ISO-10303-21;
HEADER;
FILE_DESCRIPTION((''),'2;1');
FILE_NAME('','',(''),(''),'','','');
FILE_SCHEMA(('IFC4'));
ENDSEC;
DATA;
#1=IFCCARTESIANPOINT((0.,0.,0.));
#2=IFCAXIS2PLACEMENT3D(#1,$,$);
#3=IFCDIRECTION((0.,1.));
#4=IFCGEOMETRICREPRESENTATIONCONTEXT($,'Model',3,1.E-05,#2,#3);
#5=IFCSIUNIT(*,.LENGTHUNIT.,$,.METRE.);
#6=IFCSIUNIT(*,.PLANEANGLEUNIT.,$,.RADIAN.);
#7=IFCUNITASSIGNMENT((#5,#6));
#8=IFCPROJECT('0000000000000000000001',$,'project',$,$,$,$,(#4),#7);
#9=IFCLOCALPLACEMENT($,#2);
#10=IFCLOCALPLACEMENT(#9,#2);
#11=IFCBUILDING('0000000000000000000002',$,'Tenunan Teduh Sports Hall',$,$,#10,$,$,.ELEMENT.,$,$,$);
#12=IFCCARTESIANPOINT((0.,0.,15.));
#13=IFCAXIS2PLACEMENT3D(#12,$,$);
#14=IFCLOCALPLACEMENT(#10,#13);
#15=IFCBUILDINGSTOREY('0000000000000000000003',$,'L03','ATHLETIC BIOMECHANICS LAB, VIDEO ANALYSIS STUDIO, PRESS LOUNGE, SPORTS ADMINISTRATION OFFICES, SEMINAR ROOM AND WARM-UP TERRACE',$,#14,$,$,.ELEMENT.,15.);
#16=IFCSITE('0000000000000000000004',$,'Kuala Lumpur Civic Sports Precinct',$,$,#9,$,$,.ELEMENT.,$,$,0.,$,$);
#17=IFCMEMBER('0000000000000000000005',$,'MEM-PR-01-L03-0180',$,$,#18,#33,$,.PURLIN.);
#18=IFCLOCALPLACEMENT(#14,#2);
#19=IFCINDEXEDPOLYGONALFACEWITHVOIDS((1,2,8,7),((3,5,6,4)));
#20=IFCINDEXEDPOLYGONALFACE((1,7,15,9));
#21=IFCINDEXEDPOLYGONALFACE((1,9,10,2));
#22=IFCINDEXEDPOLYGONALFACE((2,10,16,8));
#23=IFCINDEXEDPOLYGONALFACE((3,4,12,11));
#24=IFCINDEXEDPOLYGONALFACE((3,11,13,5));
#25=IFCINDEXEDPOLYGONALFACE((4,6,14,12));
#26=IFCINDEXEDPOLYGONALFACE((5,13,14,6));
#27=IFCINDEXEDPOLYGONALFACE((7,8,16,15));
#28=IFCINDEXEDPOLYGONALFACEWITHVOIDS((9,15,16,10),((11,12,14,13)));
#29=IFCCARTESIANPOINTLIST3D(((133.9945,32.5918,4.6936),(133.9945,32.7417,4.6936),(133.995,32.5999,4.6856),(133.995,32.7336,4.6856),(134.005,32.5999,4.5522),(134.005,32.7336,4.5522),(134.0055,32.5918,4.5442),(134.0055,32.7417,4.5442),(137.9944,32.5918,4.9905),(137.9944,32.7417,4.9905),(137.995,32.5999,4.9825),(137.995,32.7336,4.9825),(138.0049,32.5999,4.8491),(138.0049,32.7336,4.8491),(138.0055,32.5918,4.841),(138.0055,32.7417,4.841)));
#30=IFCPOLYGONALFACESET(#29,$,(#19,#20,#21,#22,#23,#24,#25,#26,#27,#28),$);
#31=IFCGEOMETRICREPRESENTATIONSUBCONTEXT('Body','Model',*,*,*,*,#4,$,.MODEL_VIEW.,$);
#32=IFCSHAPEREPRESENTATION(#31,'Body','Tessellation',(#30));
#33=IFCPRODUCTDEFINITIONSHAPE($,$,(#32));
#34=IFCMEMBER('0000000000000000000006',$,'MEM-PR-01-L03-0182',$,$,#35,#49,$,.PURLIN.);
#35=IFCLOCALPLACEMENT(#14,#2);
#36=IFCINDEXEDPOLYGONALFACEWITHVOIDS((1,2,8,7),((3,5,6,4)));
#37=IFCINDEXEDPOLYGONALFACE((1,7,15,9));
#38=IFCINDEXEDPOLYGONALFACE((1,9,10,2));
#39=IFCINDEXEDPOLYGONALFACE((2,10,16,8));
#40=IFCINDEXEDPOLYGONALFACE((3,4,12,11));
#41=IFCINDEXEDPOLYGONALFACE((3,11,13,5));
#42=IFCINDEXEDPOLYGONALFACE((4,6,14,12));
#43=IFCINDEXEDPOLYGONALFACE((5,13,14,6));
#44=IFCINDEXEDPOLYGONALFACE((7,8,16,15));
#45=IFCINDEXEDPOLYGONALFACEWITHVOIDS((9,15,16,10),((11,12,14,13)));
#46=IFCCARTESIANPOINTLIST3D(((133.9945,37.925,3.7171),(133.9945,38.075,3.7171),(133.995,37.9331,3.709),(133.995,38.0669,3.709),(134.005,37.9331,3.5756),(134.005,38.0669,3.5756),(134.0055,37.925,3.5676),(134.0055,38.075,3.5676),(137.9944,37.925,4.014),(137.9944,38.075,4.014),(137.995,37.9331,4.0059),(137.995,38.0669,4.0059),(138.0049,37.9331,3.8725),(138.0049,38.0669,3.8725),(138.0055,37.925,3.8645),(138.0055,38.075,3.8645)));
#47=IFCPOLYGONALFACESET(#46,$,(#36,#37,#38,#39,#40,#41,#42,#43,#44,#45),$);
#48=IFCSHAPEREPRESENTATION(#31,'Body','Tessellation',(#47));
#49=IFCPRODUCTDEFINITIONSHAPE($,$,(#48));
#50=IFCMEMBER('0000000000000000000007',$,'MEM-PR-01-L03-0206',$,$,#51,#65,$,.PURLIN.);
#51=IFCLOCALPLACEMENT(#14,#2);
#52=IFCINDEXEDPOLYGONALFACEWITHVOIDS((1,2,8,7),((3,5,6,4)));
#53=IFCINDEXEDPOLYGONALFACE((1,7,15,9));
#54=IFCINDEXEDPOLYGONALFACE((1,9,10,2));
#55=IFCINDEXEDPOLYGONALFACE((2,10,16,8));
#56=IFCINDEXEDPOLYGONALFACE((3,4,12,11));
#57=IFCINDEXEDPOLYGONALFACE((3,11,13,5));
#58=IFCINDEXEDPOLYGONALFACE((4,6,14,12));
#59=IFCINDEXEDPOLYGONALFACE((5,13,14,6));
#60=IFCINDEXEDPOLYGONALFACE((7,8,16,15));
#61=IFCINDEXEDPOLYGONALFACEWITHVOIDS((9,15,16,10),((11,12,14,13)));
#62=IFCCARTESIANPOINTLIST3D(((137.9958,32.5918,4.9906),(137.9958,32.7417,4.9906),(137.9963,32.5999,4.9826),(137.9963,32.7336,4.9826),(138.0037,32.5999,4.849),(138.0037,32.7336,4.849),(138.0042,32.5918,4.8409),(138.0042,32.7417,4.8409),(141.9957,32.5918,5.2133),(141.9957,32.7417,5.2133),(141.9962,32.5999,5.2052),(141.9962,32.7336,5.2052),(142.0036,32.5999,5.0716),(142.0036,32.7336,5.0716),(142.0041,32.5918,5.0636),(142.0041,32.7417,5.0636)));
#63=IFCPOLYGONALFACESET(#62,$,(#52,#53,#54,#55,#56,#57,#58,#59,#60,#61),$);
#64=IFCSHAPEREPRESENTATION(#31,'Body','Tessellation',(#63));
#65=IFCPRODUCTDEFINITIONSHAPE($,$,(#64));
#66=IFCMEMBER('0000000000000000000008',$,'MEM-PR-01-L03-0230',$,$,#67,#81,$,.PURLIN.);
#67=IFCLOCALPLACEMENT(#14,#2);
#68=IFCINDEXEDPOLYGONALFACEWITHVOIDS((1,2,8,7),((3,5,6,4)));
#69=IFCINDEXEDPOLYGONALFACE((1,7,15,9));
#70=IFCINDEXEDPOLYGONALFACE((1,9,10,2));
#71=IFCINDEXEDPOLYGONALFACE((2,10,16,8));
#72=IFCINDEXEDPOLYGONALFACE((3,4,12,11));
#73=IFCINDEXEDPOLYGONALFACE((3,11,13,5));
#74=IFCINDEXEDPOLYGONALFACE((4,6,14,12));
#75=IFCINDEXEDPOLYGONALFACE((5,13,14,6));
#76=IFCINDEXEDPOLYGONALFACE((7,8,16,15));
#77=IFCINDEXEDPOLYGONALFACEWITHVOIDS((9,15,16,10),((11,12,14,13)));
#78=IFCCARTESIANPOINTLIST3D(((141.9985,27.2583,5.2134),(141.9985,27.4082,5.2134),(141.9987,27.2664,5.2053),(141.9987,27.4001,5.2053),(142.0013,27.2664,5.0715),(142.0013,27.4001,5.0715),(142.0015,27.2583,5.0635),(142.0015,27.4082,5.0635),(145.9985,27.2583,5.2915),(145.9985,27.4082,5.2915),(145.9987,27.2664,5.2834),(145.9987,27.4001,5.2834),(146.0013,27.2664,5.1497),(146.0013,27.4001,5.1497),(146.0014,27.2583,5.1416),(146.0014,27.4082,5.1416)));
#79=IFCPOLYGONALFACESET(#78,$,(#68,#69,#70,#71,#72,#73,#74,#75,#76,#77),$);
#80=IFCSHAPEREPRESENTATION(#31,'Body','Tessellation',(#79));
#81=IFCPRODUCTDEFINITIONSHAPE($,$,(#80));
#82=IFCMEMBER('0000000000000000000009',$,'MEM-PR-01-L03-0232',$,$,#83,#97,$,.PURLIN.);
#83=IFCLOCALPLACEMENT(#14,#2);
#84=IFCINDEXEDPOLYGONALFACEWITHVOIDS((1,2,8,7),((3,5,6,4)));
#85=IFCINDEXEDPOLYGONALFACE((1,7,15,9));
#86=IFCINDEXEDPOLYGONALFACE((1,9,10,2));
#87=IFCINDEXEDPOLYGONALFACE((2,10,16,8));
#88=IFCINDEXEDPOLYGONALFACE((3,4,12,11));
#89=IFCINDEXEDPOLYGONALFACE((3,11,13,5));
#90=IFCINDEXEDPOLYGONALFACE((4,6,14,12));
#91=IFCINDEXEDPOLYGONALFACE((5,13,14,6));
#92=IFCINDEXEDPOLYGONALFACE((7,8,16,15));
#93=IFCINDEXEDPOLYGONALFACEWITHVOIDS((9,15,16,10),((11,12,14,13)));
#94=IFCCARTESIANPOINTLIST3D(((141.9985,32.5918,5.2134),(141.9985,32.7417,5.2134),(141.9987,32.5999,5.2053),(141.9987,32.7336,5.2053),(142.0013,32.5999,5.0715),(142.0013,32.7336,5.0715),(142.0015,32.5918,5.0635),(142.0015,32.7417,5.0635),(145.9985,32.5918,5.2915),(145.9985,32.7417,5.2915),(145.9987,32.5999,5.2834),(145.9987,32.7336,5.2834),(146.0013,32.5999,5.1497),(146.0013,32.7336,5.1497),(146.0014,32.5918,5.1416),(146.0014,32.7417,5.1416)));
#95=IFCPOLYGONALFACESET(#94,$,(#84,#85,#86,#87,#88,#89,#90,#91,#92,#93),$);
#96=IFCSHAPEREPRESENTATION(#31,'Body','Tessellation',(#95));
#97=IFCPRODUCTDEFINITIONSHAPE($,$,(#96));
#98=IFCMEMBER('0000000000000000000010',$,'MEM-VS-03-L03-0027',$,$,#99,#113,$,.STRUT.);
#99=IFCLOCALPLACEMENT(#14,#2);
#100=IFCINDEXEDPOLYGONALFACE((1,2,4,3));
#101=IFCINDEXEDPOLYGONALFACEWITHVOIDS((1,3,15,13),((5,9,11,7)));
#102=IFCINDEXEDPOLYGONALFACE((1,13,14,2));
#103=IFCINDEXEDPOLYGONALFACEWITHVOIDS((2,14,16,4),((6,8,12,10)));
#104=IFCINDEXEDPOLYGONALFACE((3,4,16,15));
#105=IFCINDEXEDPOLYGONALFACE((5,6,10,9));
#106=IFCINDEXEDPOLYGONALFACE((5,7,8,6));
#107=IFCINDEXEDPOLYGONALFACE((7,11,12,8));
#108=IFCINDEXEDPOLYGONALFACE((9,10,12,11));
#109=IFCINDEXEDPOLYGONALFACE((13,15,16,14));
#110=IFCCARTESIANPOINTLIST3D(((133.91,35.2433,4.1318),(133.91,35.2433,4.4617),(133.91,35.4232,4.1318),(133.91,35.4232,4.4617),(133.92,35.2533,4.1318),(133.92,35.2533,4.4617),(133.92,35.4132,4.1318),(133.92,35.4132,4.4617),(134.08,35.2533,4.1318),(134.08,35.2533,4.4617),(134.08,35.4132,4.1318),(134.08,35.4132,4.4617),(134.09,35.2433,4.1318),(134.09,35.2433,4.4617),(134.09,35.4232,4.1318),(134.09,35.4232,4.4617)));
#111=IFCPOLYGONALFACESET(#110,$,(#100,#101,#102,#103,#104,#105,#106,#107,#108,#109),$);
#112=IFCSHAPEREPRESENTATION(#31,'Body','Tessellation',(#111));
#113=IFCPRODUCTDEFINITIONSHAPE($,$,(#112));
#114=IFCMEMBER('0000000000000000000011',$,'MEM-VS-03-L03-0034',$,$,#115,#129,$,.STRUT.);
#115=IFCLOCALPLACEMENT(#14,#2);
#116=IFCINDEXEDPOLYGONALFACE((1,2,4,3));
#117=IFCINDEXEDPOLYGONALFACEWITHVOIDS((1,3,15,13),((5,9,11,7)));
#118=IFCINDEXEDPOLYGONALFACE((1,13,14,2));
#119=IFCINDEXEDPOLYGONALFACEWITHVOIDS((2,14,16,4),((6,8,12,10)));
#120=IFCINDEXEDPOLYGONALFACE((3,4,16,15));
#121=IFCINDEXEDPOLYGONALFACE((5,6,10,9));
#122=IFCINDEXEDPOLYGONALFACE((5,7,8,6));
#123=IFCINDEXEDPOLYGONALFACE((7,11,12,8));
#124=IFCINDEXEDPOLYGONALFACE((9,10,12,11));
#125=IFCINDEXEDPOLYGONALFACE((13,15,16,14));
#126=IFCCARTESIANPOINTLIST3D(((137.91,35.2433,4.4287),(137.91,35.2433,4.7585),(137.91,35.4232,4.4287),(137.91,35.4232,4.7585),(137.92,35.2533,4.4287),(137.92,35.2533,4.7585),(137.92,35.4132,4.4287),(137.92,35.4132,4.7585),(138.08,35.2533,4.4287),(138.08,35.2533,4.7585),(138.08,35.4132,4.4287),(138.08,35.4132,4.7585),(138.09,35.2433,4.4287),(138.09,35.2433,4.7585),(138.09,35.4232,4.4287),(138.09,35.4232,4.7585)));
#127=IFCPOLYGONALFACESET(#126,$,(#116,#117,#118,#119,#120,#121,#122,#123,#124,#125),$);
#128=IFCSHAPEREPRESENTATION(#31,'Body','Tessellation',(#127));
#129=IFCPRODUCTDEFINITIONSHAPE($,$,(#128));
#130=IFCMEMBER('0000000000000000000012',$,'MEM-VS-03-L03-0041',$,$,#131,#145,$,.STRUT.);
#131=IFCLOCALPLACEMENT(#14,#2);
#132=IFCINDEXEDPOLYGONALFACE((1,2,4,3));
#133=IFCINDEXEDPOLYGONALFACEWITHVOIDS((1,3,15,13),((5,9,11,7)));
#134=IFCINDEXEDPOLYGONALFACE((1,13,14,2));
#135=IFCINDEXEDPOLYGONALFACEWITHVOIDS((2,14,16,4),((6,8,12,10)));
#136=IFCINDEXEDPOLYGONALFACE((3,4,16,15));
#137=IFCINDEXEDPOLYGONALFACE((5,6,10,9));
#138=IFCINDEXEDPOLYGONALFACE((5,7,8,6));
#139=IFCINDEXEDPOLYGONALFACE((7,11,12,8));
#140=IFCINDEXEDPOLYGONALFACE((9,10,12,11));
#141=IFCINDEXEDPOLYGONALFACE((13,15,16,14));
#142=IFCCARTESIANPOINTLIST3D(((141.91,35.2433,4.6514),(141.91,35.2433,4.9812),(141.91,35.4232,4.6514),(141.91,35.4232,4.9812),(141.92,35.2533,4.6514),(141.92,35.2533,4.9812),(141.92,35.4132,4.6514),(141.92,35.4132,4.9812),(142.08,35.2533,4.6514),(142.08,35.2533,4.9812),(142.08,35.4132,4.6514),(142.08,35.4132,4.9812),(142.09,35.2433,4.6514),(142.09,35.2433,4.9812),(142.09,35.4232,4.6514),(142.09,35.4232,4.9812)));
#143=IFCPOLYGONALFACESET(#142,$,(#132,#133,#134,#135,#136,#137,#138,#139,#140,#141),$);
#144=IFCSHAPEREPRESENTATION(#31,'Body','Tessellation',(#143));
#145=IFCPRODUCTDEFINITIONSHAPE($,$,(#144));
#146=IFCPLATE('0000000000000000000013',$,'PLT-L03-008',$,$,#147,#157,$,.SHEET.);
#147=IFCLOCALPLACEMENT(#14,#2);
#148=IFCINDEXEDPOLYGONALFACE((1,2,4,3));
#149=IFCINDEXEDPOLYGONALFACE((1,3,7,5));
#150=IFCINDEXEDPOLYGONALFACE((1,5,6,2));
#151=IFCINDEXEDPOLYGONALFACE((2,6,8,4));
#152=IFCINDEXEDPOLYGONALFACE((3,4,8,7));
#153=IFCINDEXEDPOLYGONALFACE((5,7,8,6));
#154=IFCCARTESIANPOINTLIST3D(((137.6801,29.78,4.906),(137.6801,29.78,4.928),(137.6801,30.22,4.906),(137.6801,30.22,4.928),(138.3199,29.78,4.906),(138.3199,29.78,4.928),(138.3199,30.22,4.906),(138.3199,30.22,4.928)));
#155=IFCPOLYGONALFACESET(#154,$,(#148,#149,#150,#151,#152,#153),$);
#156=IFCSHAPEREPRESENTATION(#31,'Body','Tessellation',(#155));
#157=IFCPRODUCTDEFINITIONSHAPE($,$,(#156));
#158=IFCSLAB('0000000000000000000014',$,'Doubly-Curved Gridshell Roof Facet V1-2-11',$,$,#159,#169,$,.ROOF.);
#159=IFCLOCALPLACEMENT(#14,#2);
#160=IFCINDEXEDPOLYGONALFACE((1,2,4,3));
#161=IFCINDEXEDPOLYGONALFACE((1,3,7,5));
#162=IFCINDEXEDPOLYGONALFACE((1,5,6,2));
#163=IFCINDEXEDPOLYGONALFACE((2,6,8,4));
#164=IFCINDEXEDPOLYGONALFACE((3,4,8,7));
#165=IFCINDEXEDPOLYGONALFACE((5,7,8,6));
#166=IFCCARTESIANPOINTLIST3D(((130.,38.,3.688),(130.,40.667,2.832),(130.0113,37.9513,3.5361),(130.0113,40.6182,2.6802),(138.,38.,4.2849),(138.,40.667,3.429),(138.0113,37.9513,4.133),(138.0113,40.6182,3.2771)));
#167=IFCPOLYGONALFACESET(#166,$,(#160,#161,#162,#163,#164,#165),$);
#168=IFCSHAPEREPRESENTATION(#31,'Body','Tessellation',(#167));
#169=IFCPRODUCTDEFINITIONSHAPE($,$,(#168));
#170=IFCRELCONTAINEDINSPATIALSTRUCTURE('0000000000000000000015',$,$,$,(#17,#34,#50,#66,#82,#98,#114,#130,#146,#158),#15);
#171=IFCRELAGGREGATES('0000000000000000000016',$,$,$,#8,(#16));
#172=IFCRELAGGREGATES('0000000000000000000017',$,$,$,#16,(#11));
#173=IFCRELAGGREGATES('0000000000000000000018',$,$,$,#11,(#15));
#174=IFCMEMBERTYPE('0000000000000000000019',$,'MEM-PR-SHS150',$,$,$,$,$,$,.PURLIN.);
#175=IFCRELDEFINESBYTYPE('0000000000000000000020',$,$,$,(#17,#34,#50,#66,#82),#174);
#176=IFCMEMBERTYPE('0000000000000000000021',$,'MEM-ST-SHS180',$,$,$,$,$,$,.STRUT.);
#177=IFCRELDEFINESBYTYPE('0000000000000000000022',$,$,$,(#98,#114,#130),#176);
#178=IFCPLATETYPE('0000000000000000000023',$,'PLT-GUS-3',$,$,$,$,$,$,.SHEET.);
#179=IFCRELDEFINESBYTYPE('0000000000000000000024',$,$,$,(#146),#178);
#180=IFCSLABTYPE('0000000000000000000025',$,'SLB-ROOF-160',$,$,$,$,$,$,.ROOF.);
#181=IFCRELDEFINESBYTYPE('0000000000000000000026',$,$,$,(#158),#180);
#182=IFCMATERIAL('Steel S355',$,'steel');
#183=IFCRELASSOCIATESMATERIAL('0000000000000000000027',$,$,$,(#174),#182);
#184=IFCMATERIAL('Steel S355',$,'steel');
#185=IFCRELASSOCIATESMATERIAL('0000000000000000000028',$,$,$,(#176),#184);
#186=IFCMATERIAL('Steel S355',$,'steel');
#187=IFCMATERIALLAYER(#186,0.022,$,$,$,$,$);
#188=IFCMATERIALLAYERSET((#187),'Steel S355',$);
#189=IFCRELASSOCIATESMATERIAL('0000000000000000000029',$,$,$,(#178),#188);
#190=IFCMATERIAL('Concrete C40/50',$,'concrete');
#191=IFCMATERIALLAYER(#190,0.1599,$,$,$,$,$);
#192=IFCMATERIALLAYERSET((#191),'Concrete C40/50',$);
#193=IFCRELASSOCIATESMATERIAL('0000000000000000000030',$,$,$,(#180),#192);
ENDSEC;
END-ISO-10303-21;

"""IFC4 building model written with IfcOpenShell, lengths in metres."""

from ifc_helpers import new_model, si_unit, direction, frame, origin, origin_2d, place, context, subcontext, project, spatial, polyline, rectangle, hollow_rectangle, outline, extrude, material, layer, layer_set, material_profile, profile_set, type_object, element, save


model = new_model("IFC4")

# Units and contexts
model_context = context("Model", 3, precision=1e-05, world=origin(), true_north=direction((0.0, 1.0)))
body_context = subcontext(model_context, "Body", "Model", "MODEL_VIEW")
ifc_project = project(units=[si_unit("LENGTHUNIT", "METRE"), si_unit("PLANEANGLEUNIT", "RADIAN")], contexts=[model_context])

# Site, building, storey
site_placement = place(None, origin())
site = spatial("IfcSite", under=ifc_project, at=site_placement, Name="Kuala Lumpur Civic Sports Precinct", CompositionType="ELEMENT", RefElevation=0.0)
building_placement = place(site_placement, origin())
building = spatial("IfcBuilding", under=site, at=building_placement, Name="Tenunan Teduh Sports Hall", CompositionType="ELEMENT")
storey_placement = place(building_placement, frame((0.0, 0.0, 15.0)))
storey = spatial("IfcBuildingStorey", under=building, at=storey_placement, Name="L03", Description="ATHLETIC BIOMECHANICS LAB, VIDEO ANALYSIS STUDIO, PRESS LOUNGE, SPORTS ADMINISTRATION OFFICES, SEMINAR ROOM AND WARM-UP TERRACE", CompositionType="ELEMENT", Elevation=15.0)

# Members
ifc_material_1 = material(Name="Steel S355", Category="steel")
ifc_material_profile_1 = material_profile(ifc_material_1, hollow_rectangle(XDim=0.1499, YDim=0.1499, WallThickness=0.0081, at=origin_2d()), Name="SHS 150x150x8.0")
ifc_profile_set_1 = profile_set([ifc_material_profile_1], Name="Steel S355")
member_type_1 = type_object("IfcMemberType", Name="MEM-PR-SHS150", PredefinedType="PURLIN", material=ifc_profile_set_1)
for number, where, z_axis, x_axis, name in (
    (1, (134.0, 32.6667, 4.6189), (0.997257, 0.0, 0.074015), (0.0, 1.0, 0.0), "MEM-PR-01-L03-0180"),
    (2, (134.0, 38.0, 3.6423), (0.997257, 0.0, 0.074015), (0.0, 1.0, 0.0), "MEM-PR-01-L03-0182"),
):
    element("IfcMember", number, at=place(storey_placement, frame(where, z_axis=z_axis, x_axis=x_axis)), inside=storey, type_object=member_type_1, Name=name, PredefinedType="PURLIN", context=body_context, shape_type="SweptSolid", body=[
        extrude(hollow_rectangle(XDim=0.1499, YDim=0.1499, WallThickness=0.0081, at=origin_2d()), origin(), (0.0, 0.0, 1.0), 4.011),
    ])
member_1_placement = place(storey_placement, frame((138.0, 32.6667, 4.9158), z_axis=(0.998454, 0.0, 0.055578), x_axis=(0.0, 1.0, 0.0)))
element("IfcMember", 3, at=member_1_placement, inside=storey, type_object=member_type_1, Name="MEM-PR-01-L03-0206", PredefinedType="PURLIN", context=body_context, shape_type="SweptSolid", body=[
    extrude(hollow_rectangle(XDim=0.1499, YDim=0.1499, WallThickness=0.0081, at=origin_2d()), origin(), (0.0, 0.0, 1.0), 4.0061),
])
for number, where, z_axis, x_axis, name in (
    (4, (142.0, 27.3333, 5.1384), (0.999809, 0.0, 0.019528), (0.0, 1.0, 0.0), "MEM-PR-01-L03-0230"),
    (5, (142.0, 32.6667, 5.1384), (0.999809, 0.0, 0.019528), (0.0, 1.0, 0.0), "MEM-PR-01-L03-0232"),
):
    element("IfcMember", number, at=place(storey_placement, frame(where, z_axis=z_axis, x_axis=x_axis)), inside=storey, type_object=member_type_1, Name=name, PredefinedType="PURLIN", context=body_context, shape_type="SweptSolid", body=[
        extrude(hollow_rectangle(XDim=0.1499, YDim=0.1499, WallThickness=0.0081, at=origin_2d()), origin(), (0.0, 0.0, 1.0), 4.0007),
    ])
ifc_material_2 = material(Name="Steel S355", Category="steel")
ifc_material_profile_2 = material_profile(ifc_material_2, hollow_rectangle(XDim=0.1799, YDim=0.1799, WallThickness=0.01, at=origin_2d()), Name="SHS 180x180x10.0")
ifc_profile_set_2 = profile_set([ifc_material_profile_2], Name="Steel S355")
member_type_2 = type_object("IfcMemberType", Name="MEM-ST-SHS180", PredefinedType="STRUT", material=ifc_profile_set_2)
for number, where, z_axis, x_axis, name in (
    (6, (134.0, 35.3333, 4.1318), (0.0, 0.0, 1.0), (1.0, 0.0, 0.0), "MEM-VS-03-L03-0027"),
    (7, (138.0, 35.3333, 4.4287), (0.0, 0.0, 1.0), (1.0, 0.0, 0.0), "MEM-VS-03-L03-0034"),
    (8, (142.0, 35.3333, 4.6514), (0.0, 0.0, 1.0), (1.0, 0.0, 0.0), "MEM-VS-03-L03-0041"),
):
    element("IfcMember", number, at=place(storey_placement, frame(where, z_axis=z_axis, x_axis=x_axis)), inside=storey, type_object=member_type_2, Name=name, PredefinedType="STRUT", context=body_context, shape_type="SweptSolid", body=[
        extrude(hollow_rectangle(XDim=0.1799, YDim=0.1799, WallThickness=0.01, at=origin_2d()), origin(), (0.0, 0.0, 1.0), 0.3298),
    ])

# Plate
ifc_material_3 = material(Name="Steel S355", Category="steel")
ifc_layer_1 = layer(ifc_material_3, 0.022)
ifc_layer_set_1 = layer_set([ifc_layer_1], Name="Steel S355")
plate_type = type_object("IfcPlateType", Name="PLT-GUS-3", PredefinedType="SHEET", material=ifc_layer_set_1)
plate_placement = place(storey_placement, frame((138.0, 30.0, 4.906), z_axis=(0.0, 0.0, 1.0), x_axis=(1.0, 0.0, 0.0)))
element("IfcPlate", 9, at=plate_placement, inside=storey, type_object=plate_type, Name="PLT-L03-008", PredefinedType="SHEET", context=body_context, shape_type="SweptSolid", body=[
    extrude(rectangle(XDim=0.6399, YDim=0.4399, at=origin_2d()), origin(), (0.0, 0.0, 1.0), 0.022),
])

# Slab
ifc_material_4 = material(Name="Concrete C40/50", Category="concrete")
ifc_layer_2 = layer(ifc_material_4, 0.1599)
ifc_layer_set_2 = layer_set([ifc_layer_2], Name="Concrete C40/50")
slab_type = type_object("IfcSlabType", Name="SLB-ROOF-160", PredefinedType="ROOF", material=ifc_layer_set_2)
slab_placement = place(storey_placement, frame((130.0, 38.0, 3.688), z_axis=(-0.070867, 0.304823, 0.949769), x_axis=(0.997228, 0.0, 0.074409)))
element("IfcSlab", 10, at=slab_placement, inside=storey, type_object=slab_type, Name="Doubly-Curved Gridshell Roof Facet V1-2-11", PredefinedType="ROOF", context=body_context, shape_type="SweptSolid", body=[
    extrude(outline(polyline([(0.0, 0.0), (8.0222, 0.0), (7.9585, 2.8003), (-0.0637, 2.8003), (0.0, 0.0)])), origin(), (0.0, 0.0, -1.0), 0.1599),
])

save(model, "model.ifc")
